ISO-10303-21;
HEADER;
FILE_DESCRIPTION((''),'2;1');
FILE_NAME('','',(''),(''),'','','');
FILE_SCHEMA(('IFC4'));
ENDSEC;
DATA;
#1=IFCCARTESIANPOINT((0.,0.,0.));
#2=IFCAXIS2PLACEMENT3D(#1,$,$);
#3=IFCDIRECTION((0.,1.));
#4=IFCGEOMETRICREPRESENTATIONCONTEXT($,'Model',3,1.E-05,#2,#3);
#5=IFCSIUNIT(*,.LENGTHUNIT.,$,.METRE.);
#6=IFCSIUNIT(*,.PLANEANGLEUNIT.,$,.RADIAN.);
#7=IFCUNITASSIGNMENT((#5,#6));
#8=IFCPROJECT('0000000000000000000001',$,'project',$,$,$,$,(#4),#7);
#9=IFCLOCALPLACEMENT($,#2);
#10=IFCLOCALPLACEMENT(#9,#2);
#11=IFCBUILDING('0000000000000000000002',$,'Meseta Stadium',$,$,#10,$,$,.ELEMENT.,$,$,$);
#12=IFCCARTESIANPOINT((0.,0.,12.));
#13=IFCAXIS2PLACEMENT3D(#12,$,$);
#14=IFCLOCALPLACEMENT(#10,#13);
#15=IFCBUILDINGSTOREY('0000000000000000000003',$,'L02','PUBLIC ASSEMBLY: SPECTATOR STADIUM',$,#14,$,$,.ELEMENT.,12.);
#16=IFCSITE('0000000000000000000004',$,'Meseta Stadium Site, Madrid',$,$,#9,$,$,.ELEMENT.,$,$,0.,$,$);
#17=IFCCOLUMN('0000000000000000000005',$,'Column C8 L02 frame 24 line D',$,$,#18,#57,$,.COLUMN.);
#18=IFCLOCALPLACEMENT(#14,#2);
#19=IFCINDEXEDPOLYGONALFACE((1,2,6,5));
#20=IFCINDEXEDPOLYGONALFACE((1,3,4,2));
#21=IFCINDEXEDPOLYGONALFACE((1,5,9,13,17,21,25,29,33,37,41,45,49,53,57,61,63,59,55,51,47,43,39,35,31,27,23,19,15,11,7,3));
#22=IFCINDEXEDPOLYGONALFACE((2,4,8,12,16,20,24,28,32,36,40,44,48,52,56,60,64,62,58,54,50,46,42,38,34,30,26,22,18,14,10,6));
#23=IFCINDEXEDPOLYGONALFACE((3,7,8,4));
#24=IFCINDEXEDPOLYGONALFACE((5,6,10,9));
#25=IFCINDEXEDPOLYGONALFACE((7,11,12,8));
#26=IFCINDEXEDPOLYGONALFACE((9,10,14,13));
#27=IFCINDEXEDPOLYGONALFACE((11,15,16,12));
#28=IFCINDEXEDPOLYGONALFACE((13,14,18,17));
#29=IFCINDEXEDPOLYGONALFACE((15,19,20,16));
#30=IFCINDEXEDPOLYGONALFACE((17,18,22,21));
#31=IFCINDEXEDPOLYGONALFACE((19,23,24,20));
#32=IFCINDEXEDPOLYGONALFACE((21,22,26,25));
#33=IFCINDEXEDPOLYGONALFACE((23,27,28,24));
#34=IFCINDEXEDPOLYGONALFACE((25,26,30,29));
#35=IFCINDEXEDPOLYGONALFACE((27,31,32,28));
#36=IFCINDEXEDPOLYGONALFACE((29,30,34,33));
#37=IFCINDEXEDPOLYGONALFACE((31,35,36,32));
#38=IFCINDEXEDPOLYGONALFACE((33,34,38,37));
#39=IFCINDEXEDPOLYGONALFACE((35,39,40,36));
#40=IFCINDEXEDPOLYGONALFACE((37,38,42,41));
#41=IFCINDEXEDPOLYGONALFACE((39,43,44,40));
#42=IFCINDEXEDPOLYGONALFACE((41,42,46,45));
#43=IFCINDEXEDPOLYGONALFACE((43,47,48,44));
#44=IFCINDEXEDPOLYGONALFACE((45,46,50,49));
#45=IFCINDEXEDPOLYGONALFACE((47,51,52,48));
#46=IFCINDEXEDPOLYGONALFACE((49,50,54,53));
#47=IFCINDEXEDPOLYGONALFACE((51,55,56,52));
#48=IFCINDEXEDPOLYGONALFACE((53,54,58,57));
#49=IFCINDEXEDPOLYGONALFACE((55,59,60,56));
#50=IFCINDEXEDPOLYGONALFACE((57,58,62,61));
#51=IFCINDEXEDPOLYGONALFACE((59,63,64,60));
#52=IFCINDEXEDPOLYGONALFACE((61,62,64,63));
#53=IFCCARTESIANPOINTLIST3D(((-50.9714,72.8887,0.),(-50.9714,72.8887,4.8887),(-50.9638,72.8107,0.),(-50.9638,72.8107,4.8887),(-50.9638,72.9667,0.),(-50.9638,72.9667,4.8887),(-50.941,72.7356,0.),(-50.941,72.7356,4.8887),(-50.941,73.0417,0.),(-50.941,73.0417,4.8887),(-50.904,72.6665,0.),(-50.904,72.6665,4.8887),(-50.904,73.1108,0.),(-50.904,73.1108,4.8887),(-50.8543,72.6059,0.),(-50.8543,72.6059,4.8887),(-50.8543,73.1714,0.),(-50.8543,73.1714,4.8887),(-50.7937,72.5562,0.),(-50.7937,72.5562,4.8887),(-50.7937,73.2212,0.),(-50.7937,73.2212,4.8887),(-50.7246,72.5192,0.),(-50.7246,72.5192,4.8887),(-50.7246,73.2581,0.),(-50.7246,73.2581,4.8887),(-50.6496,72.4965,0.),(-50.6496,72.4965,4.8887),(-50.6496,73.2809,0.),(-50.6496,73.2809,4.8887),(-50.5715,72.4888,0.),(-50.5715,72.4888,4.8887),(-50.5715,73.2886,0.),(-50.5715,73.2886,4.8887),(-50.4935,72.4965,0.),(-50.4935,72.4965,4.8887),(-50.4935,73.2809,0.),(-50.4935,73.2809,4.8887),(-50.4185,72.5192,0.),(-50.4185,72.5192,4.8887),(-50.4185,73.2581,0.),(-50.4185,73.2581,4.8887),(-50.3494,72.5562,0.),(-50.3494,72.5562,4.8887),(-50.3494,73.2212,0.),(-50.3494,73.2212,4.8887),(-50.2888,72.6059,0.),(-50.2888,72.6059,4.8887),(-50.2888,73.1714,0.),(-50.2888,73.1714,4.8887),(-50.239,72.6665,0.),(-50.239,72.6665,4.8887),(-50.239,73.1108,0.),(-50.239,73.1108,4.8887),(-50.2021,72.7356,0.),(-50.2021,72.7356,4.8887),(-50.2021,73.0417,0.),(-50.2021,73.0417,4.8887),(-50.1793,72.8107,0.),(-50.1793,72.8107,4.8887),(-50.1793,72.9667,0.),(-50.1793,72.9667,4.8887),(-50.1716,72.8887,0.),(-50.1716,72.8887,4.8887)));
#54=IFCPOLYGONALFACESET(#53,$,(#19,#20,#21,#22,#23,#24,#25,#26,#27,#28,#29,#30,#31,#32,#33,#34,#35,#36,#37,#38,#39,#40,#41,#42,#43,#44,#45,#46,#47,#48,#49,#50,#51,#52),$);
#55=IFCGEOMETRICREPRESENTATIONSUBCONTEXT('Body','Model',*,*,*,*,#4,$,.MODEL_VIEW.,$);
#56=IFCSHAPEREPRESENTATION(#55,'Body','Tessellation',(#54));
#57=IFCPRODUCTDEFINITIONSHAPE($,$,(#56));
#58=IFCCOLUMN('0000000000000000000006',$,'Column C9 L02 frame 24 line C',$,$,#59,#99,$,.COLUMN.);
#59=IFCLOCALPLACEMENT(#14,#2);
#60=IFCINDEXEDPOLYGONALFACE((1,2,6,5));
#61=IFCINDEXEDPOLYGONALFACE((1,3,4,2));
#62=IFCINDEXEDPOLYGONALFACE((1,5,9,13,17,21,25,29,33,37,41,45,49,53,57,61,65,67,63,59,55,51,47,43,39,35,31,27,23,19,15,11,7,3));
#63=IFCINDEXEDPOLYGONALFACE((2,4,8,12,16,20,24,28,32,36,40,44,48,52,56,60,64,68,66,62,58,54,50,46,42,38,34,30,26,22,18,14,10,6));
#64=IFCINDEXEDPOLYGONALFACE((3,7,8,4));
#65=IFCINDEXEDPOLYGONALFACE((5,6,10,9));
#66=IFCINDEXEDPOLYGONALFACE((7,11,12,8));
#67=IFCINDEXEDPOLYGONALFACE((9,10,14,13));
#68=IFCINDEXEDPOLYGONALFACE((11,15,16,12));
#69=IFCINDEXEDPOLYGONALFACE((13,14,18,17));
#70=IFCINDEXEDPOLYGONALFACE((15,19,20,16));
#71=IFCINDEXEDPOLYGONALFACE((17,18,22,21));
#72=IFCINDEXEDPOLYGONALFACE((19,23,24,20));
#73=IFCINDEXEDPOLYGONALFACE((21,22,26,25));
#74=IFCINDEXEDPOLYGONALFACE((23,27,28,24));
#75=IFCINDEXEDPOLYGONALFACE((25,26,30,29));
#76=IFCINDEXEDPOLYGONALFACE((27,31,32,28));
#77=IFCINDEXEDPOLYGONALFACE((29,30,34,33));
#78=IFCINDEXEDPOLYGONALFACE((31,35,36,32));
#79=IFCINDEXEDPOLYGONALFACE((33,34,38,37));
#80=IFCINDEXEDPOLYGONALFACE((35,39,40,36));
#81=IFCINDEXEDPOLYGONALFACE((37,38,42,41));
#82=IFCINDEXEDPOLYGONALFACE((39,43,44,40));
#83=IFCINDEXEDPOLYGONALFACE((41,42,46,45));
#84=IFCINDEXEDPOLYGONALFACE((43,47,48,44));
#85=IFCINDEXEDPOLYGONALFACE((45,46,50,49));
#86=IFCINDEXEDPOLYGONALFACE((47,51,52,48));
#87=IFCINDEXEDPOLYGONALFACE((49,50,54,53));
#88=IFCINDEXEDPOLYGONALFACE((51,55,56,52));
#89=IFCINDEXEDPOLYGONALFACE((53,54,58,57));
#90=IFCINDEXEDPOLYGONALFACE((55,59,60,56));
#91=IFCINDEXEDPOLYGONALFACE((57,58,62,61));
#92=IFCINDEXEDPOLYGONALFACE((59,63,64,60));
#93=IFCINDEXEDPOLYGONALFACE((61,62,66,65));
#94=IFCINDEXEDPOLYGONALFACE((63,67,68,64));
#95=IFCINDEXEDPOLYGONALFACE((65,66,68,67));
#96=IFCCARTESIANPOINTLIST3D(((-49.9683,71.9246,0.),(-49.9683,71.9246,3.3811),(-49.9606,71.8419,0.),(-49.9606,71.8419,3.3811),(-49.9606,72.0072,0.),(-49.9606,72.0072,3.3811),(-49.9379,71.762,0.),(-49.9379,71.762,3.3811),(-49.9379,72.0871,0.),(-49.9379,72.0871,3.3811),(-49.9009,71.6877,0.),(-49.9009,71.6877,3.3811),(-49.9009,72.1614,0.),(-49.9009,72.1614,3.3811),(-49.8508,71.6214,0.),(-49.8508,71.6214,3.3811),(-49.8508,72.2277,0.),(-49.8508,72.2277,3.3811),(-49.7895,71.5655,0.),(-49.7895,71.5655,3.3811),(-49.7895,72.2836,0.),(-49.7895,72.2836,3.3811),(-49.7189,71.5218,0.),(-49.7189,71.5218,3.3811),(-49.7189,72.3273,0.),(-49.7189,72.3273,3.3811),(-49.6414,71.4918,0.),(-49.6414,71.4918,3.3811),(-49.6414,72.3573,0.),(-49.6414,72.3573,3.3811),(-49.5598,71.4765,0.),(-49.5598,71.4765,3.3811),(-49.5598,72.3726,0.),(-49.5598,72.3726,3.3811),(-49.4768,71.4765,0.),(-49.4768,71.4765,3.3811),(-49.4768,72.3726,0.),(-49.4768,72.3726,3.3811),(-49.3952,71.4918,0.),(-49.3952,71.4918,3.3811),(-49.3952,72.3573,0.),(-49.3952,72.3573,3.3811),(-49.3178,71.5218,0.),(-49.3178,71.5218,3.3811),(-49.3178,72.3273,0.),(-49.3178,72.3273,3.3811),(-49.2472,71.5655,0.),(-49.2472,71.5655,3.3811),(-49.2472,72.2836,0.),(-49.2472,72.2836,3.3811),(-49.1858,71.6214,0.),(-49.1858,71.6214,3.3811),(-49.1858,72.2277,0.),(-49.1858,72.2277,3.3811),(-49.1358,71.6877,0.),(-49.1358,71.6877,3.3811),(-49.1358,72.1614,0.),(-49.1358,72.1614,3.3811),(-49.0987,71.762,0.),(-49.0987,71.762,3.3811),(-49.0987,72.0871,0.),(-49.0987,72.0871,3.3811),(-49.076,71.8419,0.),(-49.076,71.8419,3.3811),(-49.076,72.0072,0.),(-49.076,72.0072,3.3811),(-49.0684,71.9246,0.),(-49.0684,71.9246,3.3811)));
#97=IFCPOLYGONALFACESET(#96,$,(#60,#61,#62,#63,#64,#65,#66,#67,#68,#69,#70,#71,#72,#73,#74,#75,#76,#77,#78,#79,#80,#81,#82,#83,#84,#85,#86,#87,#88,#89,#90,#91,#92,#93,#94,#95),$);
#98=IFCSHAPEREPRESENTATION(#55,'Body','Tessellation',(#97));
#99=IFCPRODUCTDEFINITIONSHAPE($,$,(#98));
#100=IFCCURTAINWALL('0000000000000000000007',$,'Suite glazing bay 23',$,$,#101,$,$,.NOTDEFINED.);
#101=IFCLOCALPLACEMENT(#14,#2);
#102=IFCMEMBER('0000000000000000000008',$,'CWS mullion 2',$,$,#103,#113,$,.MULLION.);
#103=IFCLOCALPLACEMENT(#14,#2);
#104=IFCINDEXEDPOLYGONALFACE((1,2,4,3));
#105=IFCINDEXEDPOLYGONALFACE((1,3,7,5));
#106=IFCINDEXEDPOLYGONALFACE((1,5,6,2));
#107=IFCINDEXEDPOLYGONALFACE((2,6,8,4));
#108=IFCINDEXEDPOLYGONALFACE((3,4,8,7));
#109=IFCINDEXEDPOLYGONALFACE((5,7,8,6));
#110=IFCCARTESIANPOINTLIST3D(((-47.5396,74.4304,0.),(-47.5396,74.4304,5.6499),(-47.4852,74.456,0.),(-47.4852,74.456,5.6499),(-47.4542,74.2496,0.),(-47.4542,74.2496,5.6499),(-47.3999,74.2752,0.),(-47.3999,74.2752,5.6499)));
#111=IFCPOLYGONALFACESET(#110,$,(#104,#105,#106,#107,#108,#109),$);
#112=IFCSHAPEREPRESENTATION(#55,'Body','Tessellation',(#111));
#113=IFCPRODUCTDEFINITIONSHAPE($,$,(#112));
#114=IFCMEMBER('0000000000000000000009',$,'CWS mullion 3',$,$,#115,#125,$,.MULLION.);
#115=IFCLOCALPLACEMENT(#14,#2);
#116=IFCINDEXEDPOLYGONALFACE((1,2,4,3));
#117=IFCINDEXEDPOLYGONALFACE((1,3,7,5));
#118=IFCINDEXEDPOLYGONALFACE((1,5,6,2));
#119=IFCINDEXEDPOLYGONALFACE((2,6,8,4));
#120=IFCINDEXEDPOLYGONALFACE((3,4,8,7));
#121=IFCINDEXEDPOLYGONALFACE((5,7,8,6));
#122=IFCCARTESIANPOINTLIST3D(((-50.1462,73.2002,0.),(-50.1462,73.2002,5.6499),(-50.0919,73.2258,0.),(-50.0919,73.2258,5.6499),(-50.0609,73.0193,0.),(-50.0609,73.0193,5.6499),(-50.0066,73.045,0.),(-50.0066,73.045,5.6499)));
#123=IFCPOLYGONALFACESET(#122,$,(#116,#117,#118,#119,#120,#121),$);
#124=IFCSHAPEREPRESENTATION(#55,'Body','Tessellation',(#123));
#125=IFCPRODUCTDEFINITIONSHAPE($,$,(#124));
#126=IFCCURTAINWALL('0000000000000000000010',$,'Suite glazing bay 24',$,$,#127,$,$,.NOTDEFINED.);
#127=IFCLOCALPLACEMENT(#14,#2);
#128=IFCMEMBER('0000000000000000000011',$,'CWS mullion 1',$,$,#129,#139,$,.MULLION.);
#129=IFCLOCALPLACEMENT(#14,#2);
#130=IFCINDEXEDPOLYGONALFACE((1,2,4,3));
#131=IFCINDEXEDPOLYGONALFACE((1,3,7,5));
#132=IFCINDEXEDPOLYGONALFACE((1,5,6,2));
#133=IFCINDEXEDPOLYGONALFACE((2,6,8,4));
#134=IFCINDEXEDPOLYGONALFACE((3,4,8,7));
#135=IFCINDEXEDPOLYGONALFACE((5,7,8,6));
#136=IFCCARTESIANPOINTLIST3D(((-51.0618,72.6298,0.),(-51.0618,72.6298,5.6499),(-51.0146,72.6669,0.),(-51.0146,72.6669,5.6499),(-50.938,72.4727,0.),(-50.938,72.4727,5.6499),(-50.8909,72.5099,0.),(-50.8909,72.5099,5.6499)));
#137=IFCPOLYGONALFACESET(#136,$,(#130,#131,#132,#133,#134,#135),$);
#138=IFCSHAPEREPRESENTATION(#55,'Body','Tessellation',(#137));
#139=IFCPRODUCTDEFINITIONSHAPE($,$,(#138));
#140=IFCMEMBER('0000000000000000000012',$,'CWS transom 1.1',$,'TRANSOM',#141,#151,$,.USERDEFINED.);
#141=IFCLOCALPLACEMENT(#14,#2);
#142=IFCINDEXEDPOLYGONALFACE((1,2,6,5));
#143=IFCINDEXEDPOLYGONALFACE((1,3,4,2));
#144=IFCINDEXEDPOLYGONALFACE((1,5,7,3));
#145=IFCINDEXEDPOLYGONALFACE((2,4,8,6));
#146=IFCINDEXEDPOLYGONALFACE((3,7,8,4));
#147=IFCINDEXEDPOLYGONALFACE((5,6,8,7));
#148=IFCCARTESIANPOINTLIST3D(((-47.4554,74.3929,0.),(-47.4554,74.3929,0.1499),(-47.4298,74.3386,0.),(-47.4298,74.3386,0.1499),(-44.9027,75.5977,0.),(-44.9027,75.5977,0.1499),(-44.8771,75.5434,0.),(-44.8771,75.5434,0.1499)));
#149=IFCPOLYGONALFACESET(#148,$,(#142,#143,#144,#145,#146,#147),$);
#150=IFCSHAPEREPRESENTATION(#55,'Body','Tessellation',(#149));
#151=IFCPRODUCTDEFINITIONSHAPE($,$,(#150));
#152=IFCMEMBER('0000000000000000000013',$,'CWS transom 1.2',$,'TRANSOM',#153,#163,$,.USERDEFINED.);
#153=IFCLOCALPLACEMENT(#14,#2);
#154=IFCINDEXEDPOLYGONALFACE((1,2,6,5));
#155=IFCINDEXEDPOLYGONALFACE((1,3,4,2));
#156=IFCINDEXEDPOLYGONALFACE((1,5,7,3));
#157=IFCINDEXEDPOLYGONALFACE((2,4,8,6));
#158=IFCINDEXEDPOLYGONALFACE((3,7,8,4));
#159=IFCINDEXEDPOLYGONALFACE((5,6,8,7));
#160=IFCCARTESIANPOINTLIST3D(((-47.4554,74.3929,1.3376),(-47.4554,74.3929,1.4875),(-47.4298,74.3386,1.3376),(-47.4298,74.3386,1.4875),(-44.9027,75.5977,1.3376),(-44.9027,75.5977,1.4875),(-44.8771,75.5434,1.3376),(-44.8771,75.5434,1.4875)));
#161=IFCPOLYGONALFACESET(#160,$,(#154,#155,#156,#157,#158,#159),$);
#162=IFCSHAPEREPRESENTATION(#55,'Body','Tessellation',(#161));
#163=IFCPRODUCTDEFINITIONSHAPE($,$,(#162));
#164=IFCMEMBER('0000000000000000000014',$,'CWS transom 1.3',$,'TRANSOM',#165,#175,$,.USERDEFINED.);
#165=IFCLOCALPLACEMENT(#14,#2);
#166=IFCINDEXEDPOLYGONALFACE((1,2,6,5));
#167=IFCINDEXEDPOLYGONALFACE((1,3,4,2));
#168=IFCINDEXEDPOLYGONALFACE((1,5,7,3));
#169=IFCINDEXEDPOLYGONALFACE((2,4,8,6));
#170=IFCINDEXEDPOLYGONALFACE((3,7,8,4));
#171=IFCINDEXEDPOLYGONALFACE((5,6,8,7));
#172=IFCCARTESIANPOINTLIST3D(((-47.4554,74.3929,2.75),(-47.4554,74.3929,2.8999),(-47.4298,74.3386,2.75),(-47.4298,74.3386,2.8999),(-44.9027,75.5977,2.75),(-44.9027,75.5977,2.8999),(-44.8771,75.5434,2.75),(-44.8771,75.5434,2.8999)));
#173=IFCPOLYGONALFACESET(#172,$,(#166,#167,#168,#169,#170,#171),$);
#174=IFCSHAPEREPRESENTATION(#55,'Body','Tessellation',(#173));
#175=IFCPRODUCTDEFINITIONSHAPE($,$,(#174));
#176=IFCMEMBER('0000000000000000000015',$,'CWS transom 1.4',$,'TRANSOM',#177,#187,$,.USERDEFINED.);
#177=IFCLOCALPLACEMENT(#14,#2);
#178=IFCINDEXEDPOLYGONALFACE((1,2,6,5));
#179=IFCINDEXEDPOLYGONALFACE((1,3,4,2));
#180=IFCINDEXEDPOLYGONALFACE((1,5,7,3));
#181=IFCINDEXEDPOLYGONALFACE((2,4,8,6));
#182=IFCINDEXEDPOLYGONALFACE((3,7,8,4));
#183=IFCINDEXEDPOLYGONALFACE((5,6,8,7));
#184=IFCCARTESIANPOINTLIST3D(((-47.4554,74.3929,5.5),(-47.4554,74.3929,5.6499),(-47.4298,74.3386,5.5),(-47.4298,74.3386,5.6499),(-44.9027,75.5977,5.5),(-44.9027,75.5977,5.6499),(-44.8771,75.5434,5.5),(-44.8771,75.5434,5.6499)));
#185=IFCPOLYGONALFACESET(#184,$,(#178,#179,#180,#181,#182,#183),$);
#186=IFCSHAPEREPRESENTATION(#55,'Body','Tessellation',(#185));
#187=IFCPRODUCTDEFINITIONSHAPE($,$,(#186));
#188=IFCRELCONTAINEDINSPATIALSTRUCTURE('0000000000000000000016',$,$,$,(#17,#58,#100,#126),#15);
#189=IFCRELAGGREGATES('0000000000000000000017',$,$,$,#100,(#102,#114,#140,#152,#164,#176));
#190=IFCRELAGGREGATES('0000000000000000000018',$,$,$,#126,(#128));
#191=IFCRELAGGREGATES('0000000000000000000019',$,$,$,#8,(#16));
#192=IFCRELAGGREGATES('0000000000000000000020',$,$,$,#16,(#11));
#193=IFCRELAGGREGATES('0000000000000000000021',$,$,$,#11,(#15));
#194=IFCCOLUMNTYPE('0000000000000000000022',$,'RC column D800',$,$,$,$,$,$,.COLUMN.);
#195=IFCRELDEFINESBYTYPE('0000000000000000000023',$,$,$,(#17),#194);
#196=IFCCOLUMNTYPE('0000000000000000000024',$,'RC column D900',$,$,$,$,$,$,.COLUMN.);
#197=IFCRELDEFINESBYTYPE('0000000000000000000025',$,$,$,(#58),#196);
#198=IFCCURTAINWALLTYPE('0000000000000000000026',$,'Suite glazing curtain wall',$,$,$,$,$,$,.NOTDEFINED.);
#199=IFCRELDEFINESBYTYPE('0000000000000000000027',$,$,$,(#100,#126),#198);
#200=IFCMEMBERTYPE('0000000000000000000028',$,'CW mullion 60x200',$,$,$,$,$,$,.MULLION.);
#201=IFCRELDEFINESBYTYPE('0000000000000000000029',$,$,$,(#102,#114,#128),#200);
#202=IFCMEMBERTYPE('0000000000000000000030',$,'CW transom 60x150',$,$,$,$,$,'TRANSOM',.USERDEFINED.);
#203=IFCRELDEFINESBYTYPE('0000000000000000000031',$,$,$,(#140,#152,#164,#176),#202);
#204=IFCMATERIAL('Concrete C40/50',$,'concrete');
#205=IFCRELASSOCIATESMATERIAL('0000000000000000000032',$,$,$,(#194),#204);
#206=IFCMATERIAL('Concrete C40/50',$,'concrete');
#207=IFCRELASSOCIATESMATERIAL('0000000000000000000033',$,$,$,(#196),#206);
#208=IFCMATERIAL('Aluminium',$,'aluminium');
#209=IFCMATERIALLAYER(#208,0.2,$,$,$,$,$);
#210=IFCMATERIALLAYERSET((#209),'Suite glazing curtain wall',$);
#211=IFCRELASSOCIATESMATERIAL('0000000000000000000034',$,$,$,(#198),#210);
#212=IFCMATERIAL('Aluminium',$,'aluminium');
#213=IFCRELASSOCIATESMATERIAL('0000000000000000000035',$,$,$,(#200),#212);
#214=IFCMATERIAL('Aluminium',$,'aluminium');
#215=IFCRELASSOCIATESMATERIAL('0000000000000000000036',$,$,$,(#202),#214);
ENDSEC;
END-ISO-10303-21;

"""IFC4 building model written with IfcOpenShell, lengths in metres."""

from ifc_helpers import new_model, si_unit, direction, frame, origin, origin_2d, place, context, subcontext, project, spatial, rectangle, circle, extrude, material, layer, layer_set, material_profile, profile_set, type_object, element, aggregate, save


model = new_model("IFC4")

# Units and contexts
model_context = context("Model", 3, precision=1e-05, world=origin(), true_north=direction((0.0, 1.0)))
body_context = subcontext(model_context, "Body", "Model", "MODEL_VIEW")
ifc_project = project(units=[si_unit("LENGTHUNIT", "METRE"), si_unit("PLANEANGLEUNIT", "RADIAN")], contexts=[model_context])

# Site, building, storey
site_placement = place(None, origin())
site = spatial("IfcSite", under=ifc_project, at=site_placement, Name="Meseta Stadium Site, Madrid", CompositionType="ELEMENT", RefElevation=0.0)
building_placement = place(site_placement, origin())
building = spatial("IfcBuilding", under=site, at=building_placement, Name="Meseta Stadium", CompositionType="ELEMENT")
storey_placement = place(building_placement, frame((0.0, 0.0, 12.0)))
storey = spatial("IfcBuildingStorey", under=building, at=storey_placement, Name="L02", Description="PUBLIC ASSEMBLY: SPECTATOR STADIUM", CompositionType="ELEMENT", Elevation=12.0)

# Columns
ifc_material_1 = material(Name="Concrete C40/50", Category="concrete")
ifc_material_profile_1 = material_profile(ifc_material_1, circle(Radius=0.3999, at=origin_2d()), Name="RC D800")
ifc_profile_set_1 = profile_set([ifc_material_profile_1], Name="Concrete C40/50")
column_type_1 = type_object("IfcColumnType", Name="RC column D800", PredefinedType="COLUMN", material=ifc_profile_set_1)
column_1_placement = place(storey_placement, frame((-50.5715, 72.8887, 0.0), z_axis=(0.0, 0.0, 1.0), x_axis=(1.0, 0.0, 0.0)))
element("IfcColumn", 1, at=column_1_placement, inside=storey, type_object=column_type_1, Name="Column C8 L02 frame 24 line D", PredefinedType="COLUMN", context=body_context, shape_type="SweptSolid", body=[
    extrude(circle(Radius=0.3999, at=origin_2d()), origin(), (0.0, 0.0, 1.0), 4.8887),
])
ifc_material_2 = material(Name="Concrete C40/50", Category="concrete")
ifc_material_profile_2 = material_profile(ifc_material_2, circle(Radius=0.45, at=origin_2d()), Name="RC D900")
ifc_profile_set_2 = profile_set([ifc_material_profile_2], Name="Concrete C40/50")
column_type_2 = type_object("IfcColumnType", Name="RC column D900", PredefinedType="COLUMN", material=ifc_profile_set_2)
column_2_placement = place(storey_placement, frame((-49.5183, 71.9246, 0.0), z_axis=(0.0, 0.0, 1.0), x_axis=(1.0, 0.0, 0.0)))
element("IfcColumn", 2, at=column_2_placement, inside=storey, type_object=column_type_2, Name="Column C9 L02 frame 24 line C", PredefinedType="COLUMN", context=body_context, shape_type="SweptSolid", body=[
    extrude(circle(Radius=0.45, at=origin_2d()), origin(), (0.0, 0.0, 1.0), 3.3811),
])

# Curtain wall, members
ifc_material_3 = material(Name="Aluminium", Category="aluminium")
ifc_layer_1 = layer(ifc_material_3, 0.2)
ifc_layer_set_1 = layer_set([ifc_layer_1], Name="Suite glazing curtain wall")
curtain_wall_type = type_object("IfcCurtainWallType", Name="Suite glazing curtain wall", PredefinedType="NOTDEFINED", material=ifc_layer_set_1)
curtain_wall_1_placement = place(storey_placement, origin())
curtain_wall_1 = element("IfcCurtainWall", 3, at=curtain_wall_1_placement, inside=storey, type_object=curtain_wall_type, Name="Suite glazing bay 23", PredefinedType="NOTDEFINED")
ifc_material_4 = material(Name="Aluminium", Category="aluminium")
ifc_material_profile_3 = material_profile(ifc_material_4, rectangle(XDim=0.2, YDim=0.0601, at=origin_2d()), Name="CW 200x60")
ifc_profile_set_3 = profile_set([ifc_material_profile_3], Name="Aluminium")
member_type_1 = type_object("IfcMemberType", Name="CW mullion 60x200", PredefinedType="MULLION", material=ifc_profile_set_3)
member_1_placement = place(storey_placement, frame((-47.4697, 74.3528, 0.0), z_axis=(0.0, 0.0, 1.0), x_axis=(0.426837, -0.904328, 0.0)))
member_1 = element("IfcMember", 4, at=member_1_placement, type_object=member_type_1, Name="CWS mullion 2", PredefinedType="MULLION", context=body_context, shape_type="SweptSolid", body=[
    extrude(rectangle(XDim=0.2, YDim=0.0601, at=origin_2d()), origin(), (0.0, 0.0, 1.0), 5.6499),
])
member_2_placement = place(storey_placement, frame((-50.0764, 73.1226, 0.0), z_axis=(0.0, 0.0, 1.0), x_axis=(0.426837, -0.904328, 0.0)))
member_2 = element("IfcMember", 5, at=member_2_placement, type_object=member_type_1, Name="CWS mullion 3", PredefinedType="MULLION", context=body_context, shape_type="SweptSolid", body=[
    extrude(rectangle(XDim=0.2, YDim=0.0601, at=origin_2d()), origin(), (0.0, 0.0, 1.0), 5.6499),
])

# Curtain wall, member
curtain_wall_2_placement = place(storey_placement, origin())
curtain_wall_2 = element("IfcCurtainWall", 6, at=curtain_wall_2_placement, inside=storey, type_object=curtain_wall_type, Name="Suite glazing bay 24", PredefinedType="NOTDEFINED")
member_3_placement = place(storey_placement, frame((-50.9763, 72.5698, 0.0), z_axis=(0.0, 0.0, 1.0), x_axis=(0.618944, -0.785435, 0.0)))
member_3 = element("IfcMember", 7, at=member_3_placement, type_object=member_type_1, Name="CWS mullion 1", PredefinedType="MULLION", context=body_context, shape_type="SweptSolid", body=[
    extrude(rectangle(XDim=0.2, YDim=0.0601, at=origin_2d()), origin(), (0.0, 0.0, 1.0), 5.6499),
])

# Members
ifc_material_5 = material(Name="Aluminium", Category="aluminium")
ifc_material_profile_4 = material_profile(ifc_material_5, rectangle(XDim=0.0601, YDim=0.1499, at=origin_2d()), Name="CW 60x150")
ifc_profile_set_4 = profile_set([ifc_material_profile_4], Name="Aluminium")
member_type_2 = type_object("IfcMemberType", Name="CW transom 60x150", ElementType="TRANSOM", PredefinedType="USERDEFINED", material=ifc_profile_set_4)
member_4_placement = place(storey_placement, frame((-44.8899, 75.5706, 0.075), z_axis=(-0.904334, -0.426826, 0.0), x_axis=(0.426826, -0.904334, 0.0)))
member_4 = element("IfcMember", 8, at=member_4_placement, type_object=member_type_2, Name="CWS transom 1.1", ObjectType="TRANSOM", PredefinedType="USERDEFINED", context=body_context, shape_type="SweptSolid", body=[
    extrude(rectangle(XDim=0.0601, YDim=0.1499, at=origin_2d()), origin(), (0.0, 0.0, 1.0), 2.8228),
])
member_5_placement = place(storey_placement, frame((-44.8899, 75.5706, 1.4126), z_axis=(-0.904334, -0.426826, 0.0), x_axis=(0.426826, -0.904334, 0.0)))
member_5 = element("IfcMember", 9, at=member_5_placement, type_object=member_type_2, Name="CWS transom 1.2", ObjectType="TRANSOM", PredefinedType="USERDEFINED", context=body_context, shape_type="SweptSolid", body=[
    extrude(rectangle(XDim=0.0601, YDim=0.1499, at=origin_2d()), origin(), (0.0, 0.0, 1.0), 2.8228),
])
member_6_placement = place(storey_placement, frame((-44.8899, 75.5706, 2.825), z_axis=(-0.904334, -0.426826, 0.0), x_axis=(0.426826, -0.904334, 0.0)))
member_6 = element("IfcMember", 10, at=member_6_placement, type_object=member_type_2, Name="CWS transom 1.3", ObjectType="TRANSOM", PredefinedType="USERDEFINED", context=body_context, shape_type="SweptSolid", body=[
    extrude(rectangle(XDim=0.0601, YDim=0.1499, at=origin_2d()), origin(), (0.0, 0.0, 1.0), 2.8228),
])
member_7_placement = place(storey_placement, frame((-44.8899, 75.5706, 5.575), z_axis=(-0.904334, -0.426826, 0.0), x_axis=(0.426826, -0.904334, 0.0)))
member_7 = element("IfcMember", 11, at=member_7_placement, type_object=member_type_2, Name="CWS transom 1.4", ObjectType="TRANSOM", PredefinedType="USERDEFINED", context=body_context, shape_type="SweptSolid", body=[
    extrude(rectangle(XDim=0.0601, YDim=0.1499, at=origin_2d()), origin(), (0.0, 0.0, 1.0), 2.8228),
])

aggregate(curtain_wall_1, [member_1, member_2, member_4, member_5, member_6, member_7])
aggregate(curtain_wall_2, [member_3])

save(model, "model.ifc")
